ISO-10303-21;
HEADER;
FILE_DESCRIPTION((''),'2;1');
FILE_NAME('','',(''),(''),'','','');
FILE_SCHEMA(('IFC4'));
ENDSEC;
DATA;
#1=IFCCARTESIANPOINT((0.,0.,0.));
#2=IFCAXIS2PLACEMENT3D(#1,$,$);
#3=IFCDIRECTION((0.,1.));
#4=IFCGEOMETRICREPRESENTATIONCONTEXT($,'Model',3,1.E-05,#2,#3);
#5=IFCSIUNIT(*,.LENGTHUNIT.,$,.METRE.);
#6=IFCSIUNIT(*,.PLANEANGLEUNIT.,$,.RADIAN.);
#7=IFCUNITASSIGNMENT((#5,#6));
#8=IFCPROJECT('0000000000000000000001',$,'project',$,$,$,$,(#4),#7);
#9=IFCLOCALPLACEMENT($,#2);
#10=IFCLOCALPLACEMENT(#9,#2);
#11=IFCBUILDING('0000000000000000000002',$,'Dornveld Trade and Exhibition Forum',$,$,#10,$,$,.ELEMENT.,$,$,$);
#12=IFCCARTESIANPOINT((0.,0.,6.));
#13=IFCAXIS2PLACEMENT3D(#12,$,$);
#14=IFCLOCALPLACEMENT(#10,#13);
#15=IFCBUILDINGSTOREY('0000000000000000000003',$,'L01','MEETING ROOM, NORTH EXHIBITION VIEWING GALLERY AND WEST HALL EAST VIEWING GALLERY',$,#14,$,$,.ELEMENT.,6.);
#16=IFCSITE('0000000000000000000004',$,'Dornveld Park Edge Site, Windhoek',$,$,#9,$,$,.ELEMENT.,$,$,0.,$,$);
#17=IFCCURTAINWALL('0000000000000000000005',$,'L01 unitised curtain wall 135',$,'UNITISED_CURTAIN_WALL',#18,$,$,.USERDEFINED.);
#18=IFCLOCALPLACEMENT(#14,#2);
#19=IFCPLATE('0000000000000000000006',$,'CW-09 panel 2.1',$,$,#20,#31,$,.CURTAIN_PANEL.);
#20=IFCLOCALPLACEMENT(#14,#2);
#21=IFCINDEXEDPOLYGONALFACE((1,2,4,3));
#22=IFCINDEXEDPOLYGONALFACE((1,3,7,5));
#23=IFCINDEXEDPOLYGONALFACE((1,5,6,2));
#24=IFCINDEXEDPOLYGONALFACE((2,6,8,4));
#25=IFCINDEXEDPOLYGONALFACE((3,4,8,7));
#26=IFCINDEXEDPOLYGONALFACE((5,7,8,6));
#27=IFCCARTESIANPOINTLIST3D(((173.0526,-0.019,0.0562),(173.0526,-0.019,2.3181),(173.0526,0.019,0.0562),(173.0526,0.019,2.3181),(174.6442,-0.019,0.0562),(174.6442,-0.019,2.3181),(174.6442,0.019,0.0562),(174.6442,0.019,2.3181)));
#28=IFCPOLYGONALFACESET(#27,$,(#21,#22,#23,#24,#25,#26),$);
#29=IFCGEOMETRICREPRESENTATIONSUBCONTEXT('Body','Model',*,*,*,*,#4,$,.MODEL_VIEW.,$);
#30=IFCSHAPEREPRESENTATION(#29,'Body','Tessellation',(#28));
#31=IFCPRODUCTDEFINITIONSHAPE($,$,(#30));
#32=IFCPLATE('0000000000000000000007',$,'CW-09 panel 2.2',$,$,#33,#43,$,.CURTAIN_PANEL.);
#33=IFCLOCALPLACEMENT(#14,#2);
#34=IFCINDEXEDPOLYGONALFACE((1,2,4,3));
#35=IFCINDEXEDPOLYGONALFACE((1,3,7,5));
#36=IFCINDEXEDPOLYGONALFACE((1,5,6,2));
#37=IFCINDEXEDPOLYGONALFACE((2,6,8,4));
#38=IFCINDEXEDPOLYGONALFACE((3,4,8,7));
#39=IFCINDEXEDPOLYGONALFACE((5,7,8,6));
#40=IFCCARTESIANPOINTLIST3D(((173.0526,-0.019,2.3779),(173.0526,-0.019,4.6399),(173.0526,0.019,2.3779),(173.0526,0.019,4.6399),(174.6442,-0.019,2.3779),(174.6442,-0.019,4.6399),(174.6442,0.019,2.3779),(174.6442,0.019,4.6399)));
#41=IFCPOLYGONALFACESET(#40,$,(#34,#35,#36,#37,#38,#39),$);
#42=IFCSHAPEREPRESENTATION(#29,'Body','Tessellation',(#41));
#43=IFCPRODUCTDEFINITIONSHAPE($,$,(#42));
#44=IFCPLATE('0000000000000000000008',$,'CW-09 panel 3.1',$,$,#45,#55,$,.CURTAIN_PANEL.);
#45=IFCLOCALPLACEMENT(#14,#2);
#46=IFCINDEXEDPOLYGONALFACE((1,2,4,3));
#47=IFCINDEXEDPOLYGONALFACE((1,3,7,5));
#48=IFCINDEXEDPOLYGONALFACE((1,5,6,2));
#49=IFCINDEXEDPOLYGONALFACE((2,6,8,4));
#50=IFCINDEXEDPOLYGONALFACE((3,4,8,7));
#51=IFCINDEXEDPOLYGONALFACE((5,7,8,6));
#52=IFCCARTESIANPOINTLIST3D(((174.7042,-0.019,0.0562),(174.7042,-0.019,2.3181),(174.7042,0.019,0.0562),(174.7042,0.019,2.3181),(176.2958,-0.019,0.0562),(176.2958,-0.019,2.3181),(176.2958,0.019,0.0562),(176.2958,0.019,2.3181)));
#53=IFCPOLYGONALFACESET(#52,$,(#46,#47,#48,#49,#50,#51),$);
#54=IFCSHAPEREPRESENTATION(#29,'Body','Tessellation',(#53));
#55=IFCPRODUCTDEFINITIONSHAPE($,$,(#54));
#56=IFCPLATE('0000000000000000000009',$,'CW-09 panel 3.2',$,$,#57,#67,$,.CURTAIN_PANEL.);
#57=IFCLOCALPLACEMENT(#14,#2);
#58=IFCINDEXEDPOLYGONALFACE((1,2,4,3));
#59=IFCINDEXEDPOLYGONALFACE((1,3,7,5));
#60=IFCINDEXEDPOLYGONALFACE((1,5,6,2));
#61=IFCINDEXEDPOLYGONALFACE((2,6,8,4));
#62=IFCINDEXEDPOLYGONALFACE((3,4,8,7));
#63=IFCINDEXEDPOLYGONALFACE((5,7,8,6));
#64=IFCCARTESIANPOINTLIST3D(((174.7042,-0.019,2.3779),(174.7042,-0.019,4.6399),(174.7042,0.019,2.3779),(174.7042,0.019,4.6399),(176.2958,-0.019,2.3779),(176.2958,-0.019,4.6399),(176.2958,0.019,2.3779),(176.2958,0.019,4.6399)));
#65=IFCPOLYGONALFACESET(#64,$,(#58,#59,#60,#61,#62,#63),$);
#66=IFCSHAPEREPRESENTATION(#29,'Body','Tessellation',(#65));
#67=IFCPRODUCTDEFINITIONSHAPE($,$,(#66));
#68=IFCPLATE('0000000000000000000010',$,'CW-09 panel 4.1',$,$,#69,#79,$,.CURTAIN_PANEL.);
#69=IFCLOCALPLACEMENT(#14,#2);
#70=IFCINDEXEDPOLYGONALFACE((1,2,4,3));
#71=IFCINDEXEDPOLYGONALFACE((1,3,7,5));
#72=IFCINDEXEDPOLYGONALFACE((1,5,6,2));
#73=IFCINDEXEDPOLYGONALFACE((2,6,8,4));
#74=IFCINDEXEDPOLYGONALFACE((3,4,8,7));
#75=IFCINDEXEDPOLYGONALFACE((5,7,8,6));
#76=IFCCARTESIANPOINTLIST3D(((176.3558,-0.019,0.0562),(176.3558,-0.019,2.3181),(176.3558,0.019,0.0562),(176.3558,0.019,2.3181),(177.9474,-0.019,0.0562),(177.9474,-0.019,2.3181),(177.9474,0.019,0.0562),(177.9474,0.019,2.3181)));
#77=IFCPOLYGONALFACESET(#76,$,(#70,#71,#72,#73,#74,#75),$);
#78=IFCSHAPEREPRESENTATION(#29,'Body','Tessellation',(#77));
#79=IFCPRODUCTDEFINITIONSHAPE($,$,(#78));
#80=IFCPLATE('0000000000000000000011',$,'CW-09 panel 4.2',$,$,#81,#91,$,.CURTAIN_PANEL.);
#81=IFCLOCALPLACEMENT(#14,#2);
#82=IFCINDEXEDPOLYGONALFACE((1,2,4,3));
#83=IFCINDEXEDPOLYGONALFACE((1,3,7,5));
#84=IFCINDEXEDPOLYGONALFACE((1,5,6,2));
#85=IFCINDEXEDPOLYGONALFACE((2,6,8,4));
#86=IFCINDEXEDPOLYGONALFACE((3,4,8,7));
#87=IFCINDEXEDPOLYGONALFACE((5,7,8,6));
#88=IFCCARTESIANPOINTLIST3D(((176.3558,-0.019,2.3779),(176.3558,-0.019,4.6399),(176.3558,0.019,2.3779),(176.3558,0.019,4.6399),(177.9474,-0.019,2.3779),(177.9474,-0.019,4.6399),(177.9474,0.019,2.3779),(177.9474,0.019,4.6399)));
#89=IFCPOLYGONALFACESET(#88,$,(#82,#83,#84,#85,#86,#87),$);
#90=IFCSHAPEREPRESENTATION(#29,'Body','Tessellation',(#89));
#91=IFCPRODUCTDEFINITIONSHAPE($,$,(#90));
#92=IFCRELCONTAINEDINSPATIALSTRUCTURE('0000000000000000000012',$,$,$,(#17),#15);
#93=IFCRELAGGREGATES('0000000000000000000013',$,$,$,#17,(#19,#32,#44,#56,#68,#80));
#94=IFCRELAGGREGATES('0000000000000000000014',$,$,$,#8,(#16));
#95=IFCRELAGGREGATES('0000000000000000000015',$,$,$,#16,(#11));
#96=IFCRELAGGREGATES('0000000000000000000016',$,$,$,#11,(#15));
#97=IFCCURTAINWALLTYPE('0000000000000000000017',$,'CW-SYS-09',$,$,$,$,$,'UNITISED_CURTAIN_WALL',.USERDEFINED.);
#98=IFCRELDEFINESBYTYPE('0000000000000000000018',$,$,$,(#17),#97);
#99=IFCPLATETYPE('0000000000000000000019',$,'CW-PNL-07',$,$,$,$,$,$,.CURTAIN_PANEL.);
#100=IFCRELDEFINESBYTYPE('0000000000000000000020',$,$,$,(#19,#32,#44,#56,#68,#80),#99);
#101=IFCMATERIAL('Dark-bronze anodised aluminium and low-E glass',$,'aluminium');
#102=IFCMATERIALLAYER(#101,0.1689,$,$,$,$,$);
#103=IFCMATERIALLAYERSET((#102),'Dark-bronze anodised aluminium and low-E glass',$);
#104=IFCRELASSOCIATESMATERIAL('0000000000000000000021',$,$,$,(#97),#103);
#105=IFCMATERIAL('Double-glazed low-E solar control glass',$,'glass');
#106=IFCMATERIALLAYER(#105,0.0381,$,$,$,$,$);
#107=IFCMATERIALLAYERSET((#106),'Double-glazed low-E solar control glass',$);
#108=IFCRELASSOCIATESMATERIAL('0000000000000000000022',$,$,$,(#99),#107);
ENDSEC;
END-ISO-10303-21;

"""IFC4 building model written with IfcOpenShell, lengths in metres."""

from ifc_helpers import new_model, si_unit, direction, frame, origin, origin_2d, place, context, subcontext, project, spatial, rectangle, extrude, material, layer, layer_set, type_object, element, aggregate, save


model = new_model("IFC4")

# Units and contexts
model_context = context("Model", 3, precision=1e-05, world=origin(), true_north=direction((0.0, 1.0)))
body_context = subcontext(model_context, "Body", "Model", "MODEL_VIEW")
ifc_project = project(units=[si_unit("LENGTHUNIT", "METRE"), si_unit("PLANEANGLEUNIT", "RADIAN")], contexts=[model_context])

# Site, building, storey
site_placement = place(None, origin())
site = spatial("IfcSite", under=ifc_project, at=site_placement, Name="Dornveld Park Edge Site, Windhoek", CompositionType="ELEMENT", RefElevation=0.0)
building_placement = place(site_placement, origin())
building = spatial("IfcBuilding", under=site, at=building_placement, Name="Dornveld Trade and Exhibition Forum", CompositionType="ELEMENT")
storey_placement = place(building_placement, frame((0.0, 0.0, 6.0)))
storey = spatial("IfcBuildingStorey", under=building, at=storey_placement, Name="L01", Description="MEETING ROOM, NORTH EXHIBITION VIEWING GALLERY AND WEST HALL EAST VIEWING GALLERY", CompositionType="ELEMENT", Elevation=6.0)

# Curtain wall
ifc_material_1 = material(Name="Dark-bronze anodised aluminium and low-E glass", Category="aluminium")
ifc_layer_1 = layer(ifc_material_1, 0.1689)
ifc_layer_set_1 = layer_set([ifc_layer_1], Name="Dark-bronze anodised aluminium and low-E glass")
curtain_wall_type = type_object("IfcCurtainWallType", Name="CW-SYS-09", ElementType="UNITISED_CURTAIN_WALL", PredefinedType="USERDEFINED", material=ifc_layer_set_1)
curtain_wall_placement = place(storey_placement, origin())
curtain_wall = element("IfcCurtainWall", 1, at=curtain_wall_placement, inside=storey, type_object=curtain_wall_type, Name="L01 unitised curtain wall 135", ObjectType="UNITISED_CURTAIN_WALL", PredefinedType="USERDEFINED")

# Plates
ifc_material_2 = material(Name="Double-glazed low-E solar control glass", Category="glass")
ifc_layer_2 = layer(ifc_material_2, 0.0381)
ifc_layer_set_2 = layer_set([ifc_layer_2], Name="Double-glazed low-E solar control glass")
plate_type = type_object("IfcPlateType", Name="CW-PNL-07", PredefinedType="CURTAIN_PANEL", material=ifc_layer_set_2)
plate_1_placement = place(storey_placement, frame((173.8484, 0.0, 0.0562), z_axis=(0.0, 0.0, 1.0), x_axis=(1.0, 0.0, 0.0)))
plate_1 = element("IfcPlate", 2, at=plate_1_placement, type_object=plate_type, Name="CW-09 panel 2.1", PredefinedType="CURTAIN_PANEL", context=body_context, shape_type="SweptSolid", body=[
    extrude(rectangle(XDim=1.5916, YDim=0.0381, at=origin_2d()), origin(), (0.0, 0.0, 1.0), 2.262),
])
plate_2_placement = place(storey_placement, frame((173.8484, 0.0, 2.3779), z_axis=(0.0, 0.0, 1.0), x_axis=(1.0, 0.0, 0.0)))
plate_2 = element("IfcPlate", 3, at=plate_2_placement, type_object=plate_type, Name="CW-09 panel 2.2", PredefinedType="CURTAIN_PANEL", context=body_context, shape_type="SweptSolid", body=[
    extrude(rectangle(XDim=1.5916, YDim=0.0381, at=origin_2d()), origin(), (0.0, 0.0, 1.0), 2.262),
])
plate_3_placement = place(storey_placement, frame((175.5, 0.0, 0.0562), z_axis=(0.0, 0.0, 1.0), x_axis=(1.0, 0.0, 0.0)))
plate_3 = element("IfcPlate", 4, at=plate_3_placement, type_object=plate_type, Name="CW-09 panel 3.1", PredefinedType="CURTAIN_PANEL", context=body_context, shape_type="SweptSolid", body=[
    extrude(rectangle(XDim=1.5916, YDim=0.0381, at=origin_2d()), origin(), (0.0, 0.0, 1.0), 2.262),
])
plate_4_placement = place(storey_placement, frame((175.5, 0.0, 2.3779), z_axis=(0.0, 0.0, 1.0), x_axis=(1.0, 0.0, 0.0)))
plate_4 = element("IfcPlate", 5, at=plate_4_placement, type_object=plate_type, Name="CW-09 panel 3.2", PredefinedType="CURTAIN_PANEL", context=body_context, shape_type="SweptSolid", body=[
    extrude(rectangle(XDim=1.5916, YDim=0.0381, at=origin_2d()), origin(), (0.0, 0.0, 1.0), 2.262),
])
plate_5_placement = place(storey_placement, frame((177.1516, 0.0, 0.0562), z_axis=(0.0, 0.0, 1.0), x_axis=(1.0, 0.0, 0.0)))
plate_5 = element("IfcPlate", 6, at=plate_5_placement, type_object=plate_type, Name="CW-09 panel 4.1", PredefinedType="CURTAIN_PANEL", context=body_context, shape_type="SweptSolid", body=[
    extrude(rectangle(XDim=1.5916, YDim=0.0381, at=origin_2d()), origin(), (0.0, 0.0, 1.0), 2.262),
])
plate_6_placement = place(storey_placement, frame((177.1516, 0.0, 2.3779), z_axis=(0.0, 0.0, 1.0), x_axis=(1.0, 0.0, 0.0)))
plate_6 = element("IfcPlate", 7, at=plate_6_placement, type_object=plate_type, Name="CW-09 panel 4.2", PredefinedType="CURTAIN_PANEL", context=body_context, shape_type="SweptSolid", body=[
    extrude(rectangle(XDim=1.5916, YDim=0.0381, at=origin_2d()), origin(), (0.0, 0.0, 1.0), 2.262),
])
aggregate(curtain_wall, [plate_1, plate_2, plate_3, plate_4, plate_5, plate_6])

save(model, "model.ifc")
